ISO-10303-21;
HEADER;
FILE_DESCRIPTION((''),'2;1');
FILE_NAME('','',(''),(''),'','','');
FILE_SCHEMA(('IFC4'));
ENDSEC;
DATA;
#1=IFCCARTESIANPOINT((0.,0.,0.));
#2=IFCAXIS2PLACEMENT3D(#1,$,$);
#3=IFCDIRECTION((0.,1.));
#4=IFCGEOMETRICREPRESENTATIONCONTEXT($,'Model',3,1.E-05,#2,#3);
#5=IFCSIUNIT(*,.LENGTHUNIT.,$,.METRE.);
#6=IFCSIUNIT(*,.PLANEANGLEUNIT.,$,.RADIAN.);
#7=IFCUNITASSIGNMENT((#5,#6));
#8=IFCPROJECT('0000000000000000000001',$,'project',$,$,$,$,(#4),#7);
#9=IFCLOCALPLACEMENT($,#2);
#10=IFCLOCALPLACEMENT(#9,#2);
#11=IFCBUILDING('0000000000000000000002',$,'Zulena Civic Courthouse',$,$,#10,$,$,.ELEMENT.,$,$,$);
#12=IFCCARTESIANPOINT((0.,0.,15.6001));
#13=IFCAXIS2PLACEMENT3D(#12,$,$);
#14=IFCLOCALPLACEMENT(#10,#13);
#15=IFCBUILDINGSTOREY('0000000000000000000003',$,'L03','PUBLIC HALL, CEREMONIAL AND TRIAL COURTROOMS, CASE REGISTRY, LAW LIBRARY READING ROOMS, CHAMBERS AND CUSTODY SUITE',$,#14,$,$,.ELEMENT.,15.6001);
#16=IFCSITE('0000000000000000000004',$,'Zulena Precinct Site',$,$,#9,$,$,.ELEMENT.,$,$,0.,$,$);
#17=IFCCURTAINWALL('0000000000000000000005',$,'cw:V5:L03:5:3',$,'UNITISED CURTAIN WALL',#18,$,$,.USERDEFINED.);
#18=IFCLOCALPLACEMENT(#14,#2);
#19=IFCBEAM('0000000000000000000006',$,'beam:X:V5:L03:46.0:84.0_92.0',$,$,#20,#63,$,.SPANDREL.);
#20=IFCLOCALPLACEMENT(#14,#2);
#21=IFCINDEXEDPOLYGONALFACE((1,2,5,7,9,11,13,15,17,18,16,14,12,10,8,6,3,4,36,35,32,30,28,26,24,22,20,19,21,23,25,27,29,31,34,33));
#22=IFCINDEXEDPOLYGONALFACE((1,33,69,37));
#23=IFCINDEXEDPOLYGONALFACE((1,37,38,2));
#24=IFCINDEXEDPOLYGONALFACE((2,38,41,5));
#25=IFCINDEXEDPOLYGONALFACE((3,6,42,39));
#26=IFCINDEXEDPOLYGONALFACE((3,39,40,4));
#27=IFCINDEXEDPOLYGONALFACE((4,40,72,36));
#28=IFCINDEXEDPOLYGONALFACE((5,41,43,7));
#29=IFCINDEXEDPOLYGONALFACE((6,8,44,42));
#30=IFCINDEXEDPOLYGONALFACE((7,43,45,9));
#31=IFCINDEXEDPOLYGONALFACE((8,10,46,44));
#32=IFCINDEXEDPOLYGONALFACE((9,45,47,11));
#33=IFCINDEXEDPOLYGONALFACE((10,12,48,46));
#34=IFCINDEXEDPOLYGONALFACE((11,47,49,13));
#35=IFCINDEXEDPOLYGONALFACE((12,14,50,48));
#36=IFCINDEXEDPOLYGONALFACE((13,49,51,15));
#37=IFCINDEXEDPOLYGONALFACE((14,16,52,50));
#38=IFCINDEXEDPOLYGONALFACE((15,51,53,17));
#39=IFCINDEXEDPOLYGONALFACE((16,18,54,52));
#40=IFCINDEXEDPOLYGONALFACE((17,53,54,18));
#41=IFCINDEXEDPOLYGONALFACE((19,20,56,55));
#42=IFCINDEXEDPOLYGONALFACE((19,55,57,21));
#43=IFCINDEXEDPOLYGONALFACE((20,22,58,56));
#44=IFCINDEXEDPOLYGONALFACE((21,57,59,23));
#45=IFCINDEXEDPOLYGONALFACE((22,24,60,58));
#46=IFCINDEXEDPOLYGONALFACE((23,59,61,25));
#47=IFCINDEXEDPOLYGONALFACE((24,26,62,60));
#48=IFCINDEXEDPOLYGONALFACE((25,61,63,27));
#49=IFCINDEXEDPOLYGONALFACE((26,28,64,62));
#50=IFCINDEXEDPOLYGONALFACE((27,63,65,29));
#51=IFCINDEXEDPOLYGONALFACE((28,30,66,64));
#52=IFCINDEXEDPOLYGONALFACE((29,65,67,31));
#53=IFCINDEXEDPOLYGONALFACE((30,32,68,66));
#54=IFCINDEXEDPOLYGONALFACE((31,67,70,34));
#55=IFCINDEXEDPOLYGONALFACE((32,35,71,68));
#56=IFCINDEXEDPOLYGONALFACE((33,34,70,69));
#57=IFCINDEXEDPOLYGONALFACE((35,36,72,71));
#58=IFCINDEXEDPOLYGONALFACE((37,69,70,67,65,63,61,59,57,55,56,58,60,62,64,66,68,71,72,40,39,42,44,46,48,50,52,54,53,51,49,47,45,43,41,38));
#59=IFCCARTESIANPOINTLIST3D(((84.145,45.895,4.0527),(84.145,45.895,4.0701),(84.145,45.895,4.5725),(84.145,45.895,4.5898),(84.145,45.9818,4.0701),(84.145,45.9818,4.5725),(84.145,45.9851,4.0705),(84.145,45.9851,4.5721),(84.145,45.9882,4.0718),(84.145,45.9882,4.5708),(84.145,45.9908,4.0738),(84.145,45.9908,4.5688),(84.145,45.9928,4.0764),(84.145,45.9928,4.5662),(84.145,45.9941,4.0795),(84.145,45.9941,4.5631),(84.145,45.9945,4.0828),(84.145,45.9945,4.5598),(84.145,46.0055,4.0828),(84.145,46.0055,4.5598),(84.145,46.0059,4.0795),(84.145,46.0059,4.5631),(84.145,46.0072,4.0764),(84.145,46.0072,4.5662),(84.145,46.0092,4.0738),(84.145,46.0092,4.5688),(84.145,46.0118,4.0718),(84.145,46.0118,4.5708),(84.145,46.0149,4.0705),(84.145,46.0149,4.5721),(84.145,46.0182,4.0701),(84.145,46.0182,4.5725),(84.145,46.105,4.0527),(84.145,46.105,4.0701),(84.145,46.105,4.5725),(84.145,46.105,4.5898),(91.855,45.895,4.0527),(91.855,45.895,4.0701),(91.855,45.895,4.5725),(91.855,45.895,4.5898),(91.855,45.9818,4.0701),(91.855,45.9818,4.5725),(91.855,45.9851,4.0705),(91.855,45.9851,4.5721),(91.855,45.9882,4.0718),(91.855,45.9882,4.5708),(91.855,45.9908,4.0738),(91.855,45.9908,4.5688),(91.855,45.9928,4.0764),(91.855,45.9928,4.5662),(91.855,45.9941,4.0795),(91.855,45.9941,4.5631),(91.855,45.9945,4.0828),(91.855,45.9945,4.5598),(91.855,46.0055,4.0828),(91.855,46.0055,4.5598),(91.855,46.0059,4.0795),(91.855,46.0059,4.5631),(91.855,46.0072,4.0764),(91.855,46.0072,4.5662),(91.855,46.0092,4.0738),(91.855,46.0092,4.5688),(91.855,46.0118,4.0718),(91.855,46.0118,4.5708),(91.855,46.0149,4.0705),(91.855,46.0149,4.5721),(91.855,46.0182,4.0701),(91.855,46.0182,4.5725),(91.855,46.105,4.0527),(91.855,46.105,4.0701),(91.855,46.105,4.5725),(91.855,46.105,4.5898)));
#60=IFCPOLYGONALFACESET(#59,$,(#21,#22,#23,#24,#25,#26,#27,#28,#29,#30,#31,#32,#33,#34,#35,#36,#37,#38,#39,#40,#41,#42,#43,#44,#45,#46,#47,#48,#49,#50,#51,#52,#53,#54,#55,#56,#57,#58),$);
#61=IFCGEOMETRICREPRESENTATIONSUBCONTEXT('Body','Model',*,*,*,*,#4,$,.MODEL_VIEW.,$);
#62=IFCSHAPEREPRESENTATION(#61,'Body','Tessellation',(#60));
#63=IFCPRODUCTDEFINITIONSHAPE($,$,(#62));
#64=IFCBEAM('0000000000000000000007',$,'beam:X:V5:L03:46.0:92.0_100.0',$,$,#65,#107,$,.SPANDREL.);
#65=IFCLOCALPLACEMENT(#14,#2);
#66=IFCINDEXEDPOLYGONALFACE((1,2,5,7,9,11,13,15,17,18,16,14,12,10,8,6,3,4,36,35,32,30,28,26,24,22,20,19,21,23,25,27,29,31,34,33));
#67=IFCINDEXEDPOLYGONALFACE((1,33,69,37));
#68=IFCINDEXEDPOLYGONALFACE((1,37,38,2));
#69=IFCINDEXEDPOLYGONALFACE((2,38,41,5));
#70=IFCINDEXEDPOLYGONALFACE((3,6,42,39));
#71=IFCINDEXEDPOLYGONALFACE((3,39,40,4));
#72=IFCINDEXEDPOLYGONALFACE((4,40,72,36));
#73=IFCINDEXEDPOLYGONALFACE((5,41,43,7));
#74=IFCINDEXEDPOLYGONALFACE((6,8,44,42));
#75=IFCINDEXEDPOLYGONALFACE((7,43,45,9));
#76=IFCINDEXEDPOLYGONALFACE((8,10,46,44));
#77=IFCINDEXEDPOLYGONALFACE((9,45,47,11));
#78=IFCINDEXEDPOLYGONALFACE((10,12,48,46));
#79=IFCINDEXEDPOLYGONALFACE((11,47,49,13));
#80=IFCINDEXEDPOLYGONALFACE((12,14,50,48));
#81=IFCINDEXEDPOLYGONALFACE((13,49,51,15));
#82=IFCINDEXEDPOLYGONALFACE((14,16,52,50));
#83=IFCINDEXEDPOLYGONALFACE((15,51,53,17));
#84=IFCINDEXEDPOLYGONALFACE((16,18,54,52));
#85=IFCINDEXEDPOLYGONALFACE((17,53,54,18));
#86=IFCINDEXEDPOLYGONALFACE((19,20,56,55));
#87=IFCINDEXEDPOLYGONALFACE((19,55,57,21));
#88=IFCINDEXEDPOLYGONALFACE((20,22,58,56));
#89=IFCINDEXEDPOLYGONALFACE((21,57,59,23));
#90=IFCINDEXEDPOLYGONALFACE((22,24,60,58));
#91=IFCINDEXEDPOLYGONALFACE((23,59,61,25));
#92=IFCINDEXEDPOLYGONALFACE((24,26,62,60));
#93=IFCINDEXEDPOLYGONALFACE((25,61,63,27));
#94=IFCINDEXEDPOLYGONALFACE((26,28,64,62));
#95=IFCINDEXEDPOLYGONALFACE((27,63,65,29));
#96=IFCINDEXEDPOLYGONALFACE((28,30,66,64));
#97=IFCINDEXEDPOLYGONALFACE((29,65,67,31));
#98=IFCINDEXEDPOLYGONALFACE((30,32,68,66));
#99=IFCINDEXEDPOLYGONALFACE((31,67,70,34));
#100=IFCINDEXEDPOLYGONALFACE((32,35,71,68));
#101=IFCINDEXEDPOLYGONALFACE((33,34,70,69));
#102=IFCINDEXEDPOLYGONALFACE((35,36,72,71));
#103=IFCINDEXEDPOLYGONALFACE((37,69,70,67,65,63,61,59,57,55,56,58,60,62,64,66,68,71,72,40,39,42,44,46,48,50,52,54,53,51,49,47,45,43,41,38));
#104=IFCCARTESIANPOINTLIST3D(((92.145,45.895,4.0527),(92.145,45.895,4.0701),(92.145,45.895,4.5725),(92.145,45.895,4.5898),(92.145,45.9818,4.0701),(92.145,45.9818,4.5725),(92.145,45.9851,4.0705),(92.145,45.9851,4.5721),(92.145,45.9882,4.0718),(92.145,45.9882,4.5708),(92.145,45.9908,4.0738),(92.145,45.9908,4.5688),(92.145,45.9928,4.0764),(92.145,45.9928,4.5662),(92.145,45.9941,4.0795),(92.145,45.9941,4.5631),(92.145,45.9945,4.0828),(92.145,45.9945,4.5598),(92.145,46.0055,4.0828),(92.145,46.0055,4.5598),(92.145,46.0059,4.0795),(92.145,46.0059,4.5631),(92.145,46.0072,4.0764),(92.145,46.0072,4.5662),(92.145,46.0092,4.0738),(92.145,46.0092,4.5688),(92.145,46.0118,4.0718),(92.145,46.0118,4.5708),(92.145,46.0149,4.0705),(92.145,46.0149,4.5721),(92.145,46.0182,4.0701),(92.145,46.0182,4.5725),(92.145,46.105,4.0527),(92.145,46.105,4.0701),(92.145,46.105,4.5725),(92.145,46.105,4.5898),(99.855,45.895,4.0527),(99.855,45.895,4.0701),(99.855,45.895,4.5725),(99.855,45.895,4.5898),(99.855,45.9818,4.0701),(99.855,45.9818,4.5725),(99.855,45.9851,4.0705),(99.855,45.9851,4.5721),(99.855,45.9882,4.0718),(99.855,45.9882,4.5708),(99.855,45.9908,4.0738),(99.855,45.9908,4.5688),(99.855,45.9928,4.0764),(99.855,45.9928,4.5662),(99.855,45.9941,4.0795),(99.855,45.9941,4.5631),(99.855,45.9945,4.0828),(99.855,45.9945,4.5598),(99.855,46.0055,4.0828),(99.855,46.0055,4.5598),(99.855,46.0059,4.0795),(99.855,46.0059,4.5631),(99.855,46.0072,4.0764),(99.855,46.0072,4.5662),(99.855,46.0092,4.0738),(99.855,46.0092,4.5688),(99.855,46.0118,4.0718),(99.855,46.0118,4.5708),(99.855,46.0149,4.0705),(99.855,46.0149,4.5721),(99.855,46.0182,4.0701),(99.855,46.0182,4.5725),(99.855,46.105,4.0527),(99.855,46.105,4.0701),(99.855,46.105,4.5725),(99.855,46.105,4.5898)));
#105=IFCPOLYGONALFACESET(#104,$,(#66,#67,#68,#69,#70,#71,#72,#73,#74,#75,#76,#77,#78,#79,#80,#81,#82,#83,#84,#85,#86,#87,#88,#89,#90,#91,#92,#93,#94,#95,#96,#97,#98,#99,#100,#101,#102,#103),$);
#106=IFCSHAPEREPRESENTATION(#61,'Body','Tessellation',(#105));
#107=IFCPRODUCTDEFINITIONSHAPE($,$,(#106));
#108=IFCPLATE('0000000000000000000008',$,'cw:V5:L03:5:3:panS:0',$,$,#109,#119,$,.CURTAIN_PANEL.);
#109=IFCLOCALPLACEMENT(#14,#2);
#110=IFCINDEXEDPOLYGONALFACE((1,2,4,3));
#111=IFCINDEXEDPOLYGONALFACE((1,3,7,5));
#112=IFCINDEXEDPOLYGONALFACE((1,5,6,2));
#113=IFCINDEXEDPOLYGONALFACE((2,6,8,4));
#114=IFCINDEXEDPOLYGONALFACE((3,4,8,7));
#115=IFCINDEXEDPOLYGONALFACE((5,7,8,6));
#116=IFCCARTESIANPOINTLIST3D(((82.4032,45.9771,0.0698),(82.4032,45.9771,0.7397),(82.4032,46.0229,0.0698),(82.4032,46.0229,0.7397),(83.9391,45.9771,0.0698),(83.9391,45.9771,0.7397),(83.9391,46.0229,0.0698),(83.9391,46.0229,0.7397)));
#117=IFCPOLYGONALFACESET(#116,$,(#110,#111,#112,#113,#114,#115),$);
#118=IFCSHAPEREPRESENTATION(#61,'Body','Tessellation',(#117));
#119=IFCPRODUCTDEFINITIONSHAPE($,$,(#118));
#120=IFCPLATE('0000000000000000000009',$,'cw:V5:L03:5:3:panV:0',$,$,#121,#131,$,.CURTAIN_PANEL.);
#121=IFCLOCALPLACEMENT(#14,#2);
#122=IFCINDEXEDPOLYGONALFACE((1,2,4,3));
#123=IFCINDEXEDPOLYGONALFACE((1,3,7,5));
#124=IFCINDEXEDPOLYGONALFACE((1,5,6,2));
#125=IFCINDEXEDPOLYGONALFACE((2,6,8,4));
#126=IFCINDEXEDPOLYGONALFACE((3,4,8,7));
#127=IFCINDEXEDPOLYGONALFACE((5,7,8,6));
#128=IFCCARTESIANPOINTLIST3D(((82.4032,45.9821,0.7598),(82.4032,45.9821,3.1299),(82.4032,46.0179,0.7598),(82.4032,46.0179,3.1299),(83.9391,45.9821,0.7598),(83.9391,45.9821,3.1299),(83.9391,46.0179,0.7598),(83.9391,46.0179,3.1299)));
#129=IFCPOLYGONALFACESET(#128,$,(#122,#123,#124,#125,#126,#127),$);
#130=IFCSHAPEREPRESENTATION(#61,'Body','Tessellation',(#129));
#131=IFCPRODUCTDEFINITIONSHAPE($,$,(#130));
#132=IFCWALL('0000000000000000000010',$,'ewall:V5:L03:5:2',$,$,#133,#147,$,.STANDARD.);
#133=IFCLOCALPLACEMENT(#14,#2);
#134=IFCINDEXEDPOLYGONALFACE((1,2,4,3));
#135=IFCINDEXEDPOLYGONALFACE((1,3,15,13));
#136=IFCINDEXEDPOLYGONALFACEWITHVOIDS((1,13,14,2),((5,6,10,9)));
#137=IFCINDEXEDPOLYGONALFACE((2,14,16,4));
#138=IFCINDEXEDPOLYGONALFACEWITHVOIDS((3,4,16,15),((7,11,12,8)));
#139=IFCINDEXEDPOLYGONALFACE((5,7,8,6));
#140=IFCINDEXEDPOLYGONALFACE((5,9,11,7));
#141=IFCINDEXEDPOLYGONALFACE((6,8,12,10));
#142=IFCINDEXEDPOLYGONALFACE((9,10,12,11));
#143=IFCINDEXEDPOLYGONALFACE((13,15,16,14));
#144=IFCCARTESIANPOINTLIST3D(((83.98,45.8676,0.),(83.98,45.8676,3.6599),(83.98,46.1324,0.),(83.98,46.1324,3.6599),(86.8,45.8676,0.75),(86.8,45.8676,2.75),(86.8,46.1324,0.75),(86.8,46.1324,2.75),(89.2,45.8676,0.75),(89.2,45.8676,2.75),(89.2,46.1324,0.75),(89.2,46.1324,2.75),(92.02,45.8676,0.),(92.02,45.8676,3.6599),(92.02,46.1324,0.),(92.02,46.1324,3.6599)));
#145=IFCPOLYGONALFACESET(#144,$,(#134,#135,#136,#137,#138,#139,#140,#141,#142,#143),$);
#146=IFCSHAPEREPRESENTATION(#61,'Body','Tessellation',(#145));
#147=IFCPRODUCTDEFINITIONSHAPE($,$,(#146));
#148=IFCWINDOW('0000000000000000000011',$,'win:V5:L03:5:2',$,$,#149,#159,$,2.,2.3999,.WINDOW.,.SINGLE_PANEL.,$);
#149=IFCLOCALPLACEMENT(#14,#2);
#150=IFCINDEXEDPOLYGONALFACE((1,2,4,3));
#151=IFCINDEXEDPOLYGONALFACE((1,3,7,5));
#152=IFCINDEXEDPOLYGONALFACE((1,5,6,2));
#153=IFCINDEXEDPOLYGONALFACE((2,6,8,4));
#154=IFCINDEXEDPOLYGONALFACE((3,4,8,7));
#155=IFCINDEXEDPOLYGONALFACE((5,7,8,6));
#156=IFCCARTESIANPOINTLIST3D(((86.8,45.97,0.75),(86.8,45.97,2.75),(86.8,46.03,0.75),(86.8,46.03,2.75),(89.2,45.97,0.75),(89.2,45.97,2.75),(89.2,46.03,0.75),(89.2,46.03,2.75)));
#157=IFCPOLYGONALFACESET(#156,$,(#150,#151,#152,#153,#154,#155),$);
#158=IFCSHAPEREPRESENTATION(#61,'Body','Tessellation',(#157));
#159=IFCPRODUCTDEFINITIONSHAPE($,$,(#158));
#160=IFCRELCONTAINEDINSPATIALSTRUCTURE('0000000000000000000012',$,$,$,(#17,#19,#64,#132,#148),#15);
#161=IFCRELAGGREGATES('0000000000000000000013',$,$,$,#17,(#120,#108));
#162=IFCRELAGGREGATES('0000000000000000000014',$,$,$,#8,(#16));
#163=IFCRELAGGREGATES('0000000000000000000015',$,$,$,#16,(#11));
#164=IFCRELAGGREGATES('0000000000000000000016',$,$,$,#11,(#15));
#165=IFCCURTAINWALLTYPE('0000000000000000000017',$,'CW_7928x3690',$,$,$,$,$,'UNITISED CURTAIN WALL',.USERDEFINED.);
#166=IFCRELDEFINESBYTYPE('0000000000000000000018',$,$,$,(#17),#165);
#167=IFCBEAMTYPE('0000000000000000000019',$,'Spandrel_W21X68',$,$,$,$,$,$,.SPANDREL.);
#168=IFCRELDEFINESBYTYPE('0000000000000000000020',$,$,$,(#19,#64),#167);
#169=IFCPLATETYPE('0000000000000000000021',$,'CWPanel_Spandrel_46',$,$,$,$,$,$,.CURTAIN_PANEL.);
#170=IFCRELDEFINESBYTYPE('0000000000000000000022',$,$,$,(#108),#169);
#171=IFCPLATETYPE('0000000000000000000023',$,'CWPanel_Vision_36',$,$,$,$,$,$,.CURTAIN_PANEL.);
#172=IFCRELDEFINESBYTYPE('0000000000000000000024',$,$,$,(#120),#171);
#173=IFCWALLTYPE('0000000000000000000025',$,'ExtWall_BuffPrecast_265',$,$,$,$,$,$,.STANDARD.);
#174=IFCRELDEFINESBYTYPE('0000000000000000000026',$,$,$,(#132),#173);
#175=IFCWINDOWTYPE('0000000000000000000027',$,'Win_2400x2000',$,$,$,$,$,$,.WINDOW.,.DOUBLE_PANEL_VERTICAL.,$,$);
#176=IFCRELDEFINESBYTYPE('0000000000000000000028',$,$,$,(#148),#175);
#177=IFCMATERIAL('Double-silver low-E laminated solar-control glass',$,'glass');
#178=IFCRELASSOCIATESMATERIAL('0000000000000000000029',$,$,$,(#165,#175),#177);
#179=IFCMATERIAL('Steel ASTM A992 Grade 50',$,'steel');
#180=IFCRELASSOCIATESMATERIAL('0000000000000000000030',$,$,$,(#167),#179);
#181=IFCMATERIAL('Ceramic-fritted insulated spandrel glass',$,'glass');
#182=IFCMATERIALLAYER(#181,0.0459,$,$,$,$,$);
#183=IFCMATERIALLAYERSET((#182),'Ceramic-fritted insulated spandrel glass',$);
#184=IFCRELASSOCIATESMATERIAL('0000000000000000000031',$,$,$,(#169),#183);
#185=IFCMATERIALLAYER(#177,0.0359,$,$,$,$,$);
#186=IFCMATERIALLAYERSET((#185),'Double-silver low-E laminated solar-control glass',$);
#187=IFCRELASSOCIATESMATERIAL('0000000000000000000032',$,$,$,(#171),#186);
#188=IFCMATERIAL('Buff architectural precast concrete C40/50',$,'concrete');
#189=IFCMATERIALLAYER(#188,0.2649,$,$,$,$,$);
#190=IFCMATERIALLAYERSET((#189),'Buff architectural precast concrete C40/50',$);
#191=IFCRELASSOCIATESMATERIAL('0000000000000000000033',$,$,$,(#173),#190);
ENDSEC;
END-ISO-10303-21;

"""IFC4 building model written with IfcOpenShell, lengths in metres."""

from ifc_helpers import new_model, si_unit, direction, frame, frame_2d, origin, origin_2d, place, context, subcontext, project, spatial, rectangle, i_section, extrude, material, layer, layer_set, material_profile, profile_set, type_object, element, fill, aggregate, save


model = new_model("IFC4")

# Units and contexts
model_context = context("Model", 3, precision=1e-05, world=origin(), true_north=direction((0.0, 1.0)))
body_context = subcontext(model_context, "Body", "Model", "MODEL_VIEW")
ifc_project = project(units=[si_unit("LENGTHUNIT", "METRE"), si_unit("PLANEANGLEUNIT", "RADIAN")], contexts=[model_context])

# Site, building, storey
site_placement = place(None, origin())
site = spatial("IfcSite", under=ifc_project, at=site_placement, Name="Zulena Precinct Site", CompositionType="ELEMENT", RefElevation=0.0)
building_placement = place(site_placement, origin())
building = spatial("IfcBuilding", under=site, at=building_placement, Name="Zulena Civic Courthouse", CompositionType="ELEMENT")
storey_placement = place(building_placement, frame((0.0, 0.0, 15.6001)))
storey = spatial("IfcBuildingStorey", under=building, at=storey_placement, Name="L03", Description="PUBLIC HALL, CEREMONIAL AND TRIAL COURTROOMS, CASE REGISTRY, LAW LIBRARY READING ROOMS, CHAMBERS AND CUSTODY SUITE", CompositionType="ELEMENT", Elevation=15.6001)

# Shared definitions
ifc_material_1 = material(Name="Steel ASTM A992 Grade 50", Category="steel")

# Curtain wall
ifc_material_2 = material(Name="Double-silver low-E laminated solar-control glass", Category="glass")
curtain_wall_type = type_object("IfcCurtainWallType", Name="CW_7928x3690", ElementType="UNITISED CURTAIN WALL", PredefinedType="USERDEFINED", material=ifc_material_2)
curtain_wall_placement = place(storey_placement, origin())
curtain_wall = element("IfcCurtainWall", 1, at=curtain_wall_placement, inside=storey, type_object=curtain_wall_type, Name="cw:V5:L03:5:3", ObjectType="UNITISED CURTAIN WALL", PredefinedType="USERDEFINED")

# Beams
ifc_material_profile_1 = material_profile(ifc_material_1, i_section(OverallWidth=0.21, OverallDepth=0.5371, WebThickness=0.011, FlangeThickness=0.0173, FilletRadius=0.0127, at=origin_2d()), Name="W21X68")
ifc_profile_set_1 = profile_set([ifc_material_profile_1], Name="Steel ASTM A992 Grade 50")
beam_type_1 = type_object("IfcBeamType", Name="Spandrel_W21X68", PredefinedType="SPANDREL", material=ifc_profile_set_1)
for number, where, z_axis, x_axis, name in (
    (2, (84.145, 46.0, 4.3213), (1.0, 0.0, 0.0), (0.0, 1.0, 0.0), "beam:X:V5:L03:46.0:84.0_92.0"),
    (3, (92.145, 46.0, 4.3213), (1.0, 0.0, 0.0), (0.0, 1.0, 0.0), "beam:X:V5:L03:46.0:92.0_100.0"),
):
    element("IfcBeam", number, at=place(storey_placement, frame(where, z_axis=z_axis, x_axis=x_axis)), inside=storey, type_object=beam_type_1, Name=name, PredefinedType="SPANDREL", context=body_context, shape_type="SweptSolid", body=[
        extrude(i_section(OverallWidth=0.21, OverallDepth=0.5371, WebThickness=0.011, FlangeThickness=0.0173, FilletRadius=0.0127, at=origin_2d()), origin(), (0.0, 0.0, 1.0), 7.71),
    ])

# Plates
ifc_material_3 = material(Name="Ceramic-fritted insulated spandrel glass", Category="glass")
ifc_layer_1 = layer(ifc_material_3, 0.0459)
ifc_layer_set_1 = layer_set([ifc_layer_1], Name="Ceramic-fritted insulated spandrel glass")
plate_type_1 = type_object("IfcPlateType", Name="CWPanel_Spandrel_46", PredefinedType="CURTAIN_PANEL", material=ifc_layer_set_1)
plate_1_placement = place(storey_placement, frame((83.1711, 46.0, 0.0698), z_axis=(0.0, 0.0, 1.0), x_axis=(-1.0, 0.0, 0.0)))
plate_1 = element("IfcPlate", 4, at=plate_1_placement, type_object=plate_type_1, Name="cw:V5:L03:5:3:panS:0", PredefinedType="CURTAIN_PANEL", context=body_context, shape_type="SweptSolid", body=[
    extrude(rectangle(XDim=1.5359, YDim=0.0459, at=origin_2d()), origin(), (0.0, 0.0, 1.0), 0.6699),
])
ifc_layer_2 = layer(ifc_material_2, 0.0359)
ifc_layer_set_2 = layer_set([ifc_layer_2], Name="Double-silver low-E laminated solar-control glass")
plate_type_2 = type_object("IfcPlateType", Name="CWPanel_Vision_36", PredefinedType="CURTAIN_PANEL", material=ifc_layer_set_2)
plate_2_placement = place(storey_placement, frame((83.1711, 46.0, 0.7598), z_axis=(0.0, 0.0, 1.0), x_axis=(-1.0, 0.0, 0.0)))
plate_2 = element("IfcPlate", 5, at=plate_2_placement, type_object=plate_type_2, Name="cw:V5:L03:5:3:panV:0", PredefinedType="CURTAIN_PANEL", context=body_context, shape_type="SweptSolid", body=[
    extrude(rectangle(XDim=1.5359, YDim=0.0359, at=origin_2d()), origin(), (0.0, 0.0, 1.0), 2.3701),
])
aggregate(curtain_wall, [plate_2, plate_1])

# Wall, opening, window
ifc_material_4 = material(Name="Buff architectural precast concrete C40/50", Category="concrete")
ifc_layer_3 = layer(ifc_material_4, 0.2649)
ifc_layer_set_3 = layer_set([ifc_layer_3], Name="Buff architectural precast concrete C40/50")
wall_type = type_object("IfcWallType", Name="ExtWall_BuffPrecast_265", PredefinedType="STANDARD", material=ifc_layer_set_3)
wall_placement = place(storey_placement, frame((92.02, 46.0, 0.0), z_axis=(0.0, 0.0, 1.0), x_axis=(-1.0, 0.0, 0.0)))
wall = element("IfcWall", 6, at=wall_placement, inside=storey, type_object=wall_type, Name="ewall:V5:L03:5:2", PredefinedType="STANDARD", context=body_context, shape_type="SweptSolid", body=[
    extrude(rectangle(XDim=8.04, YDim=0.2649, at=frame_2d((4.02, 0.0))), origin(), (0.0, 0.0, 1.0), 3.6599),
])
opening_placement = place(wall_placement, frame((2.8201, 0.0, 0.75)))
opening = element("IfcOpeningElement", 7, at=opening_placement, cuts=wall, PredefinedType="OPENING", context=body_context, shape_type="SweptSolid", body=[
    extrude(rectangle(XDim=2.3999, YDim=2.0, at=frame_2d((1.2, 1.0))), frame((0.0, 0.1423, 0.0), z_axis=(0.0, -1.0, 0.0), x_axis=(1.0, 0.0, 0.0)), (0.0, 0.0, 1.0), 0.2849),
])
window_type = type_object("IfcWindowType", Name="Win_2400x2000", PartitioningType="DOUBLE_PANEL_VERTICAL", PredefinedType="WINDOW", material=ifc_material_2)
window_placement = place(opening_placement, origin())
window = element("IfcWindow", 8, at=window_placement, inside=storey, type_object=window_type, Name="win:V5:L03:5:2", OverallHeight=2.0, OverallWidth=2.3999, PartitioningType="SINGLE_PANEL", PredefinedType="WINDOW", context=body_context, shape_type="SweptSolid", body=[
    extrude(rectangle(XDim=2.3999, YDim=2.0, at=frame_2d((1.2, 1.0))), frame((0.0, 0.03, 0.0), z_axis=(0.0, -1.0, 0.0), x_axis=(1.0, 0.0, 0.0)), (0.0, 0.0, 1.0), 0.0601),
])
fill(opening, window)

save(model, "model.ifc")
